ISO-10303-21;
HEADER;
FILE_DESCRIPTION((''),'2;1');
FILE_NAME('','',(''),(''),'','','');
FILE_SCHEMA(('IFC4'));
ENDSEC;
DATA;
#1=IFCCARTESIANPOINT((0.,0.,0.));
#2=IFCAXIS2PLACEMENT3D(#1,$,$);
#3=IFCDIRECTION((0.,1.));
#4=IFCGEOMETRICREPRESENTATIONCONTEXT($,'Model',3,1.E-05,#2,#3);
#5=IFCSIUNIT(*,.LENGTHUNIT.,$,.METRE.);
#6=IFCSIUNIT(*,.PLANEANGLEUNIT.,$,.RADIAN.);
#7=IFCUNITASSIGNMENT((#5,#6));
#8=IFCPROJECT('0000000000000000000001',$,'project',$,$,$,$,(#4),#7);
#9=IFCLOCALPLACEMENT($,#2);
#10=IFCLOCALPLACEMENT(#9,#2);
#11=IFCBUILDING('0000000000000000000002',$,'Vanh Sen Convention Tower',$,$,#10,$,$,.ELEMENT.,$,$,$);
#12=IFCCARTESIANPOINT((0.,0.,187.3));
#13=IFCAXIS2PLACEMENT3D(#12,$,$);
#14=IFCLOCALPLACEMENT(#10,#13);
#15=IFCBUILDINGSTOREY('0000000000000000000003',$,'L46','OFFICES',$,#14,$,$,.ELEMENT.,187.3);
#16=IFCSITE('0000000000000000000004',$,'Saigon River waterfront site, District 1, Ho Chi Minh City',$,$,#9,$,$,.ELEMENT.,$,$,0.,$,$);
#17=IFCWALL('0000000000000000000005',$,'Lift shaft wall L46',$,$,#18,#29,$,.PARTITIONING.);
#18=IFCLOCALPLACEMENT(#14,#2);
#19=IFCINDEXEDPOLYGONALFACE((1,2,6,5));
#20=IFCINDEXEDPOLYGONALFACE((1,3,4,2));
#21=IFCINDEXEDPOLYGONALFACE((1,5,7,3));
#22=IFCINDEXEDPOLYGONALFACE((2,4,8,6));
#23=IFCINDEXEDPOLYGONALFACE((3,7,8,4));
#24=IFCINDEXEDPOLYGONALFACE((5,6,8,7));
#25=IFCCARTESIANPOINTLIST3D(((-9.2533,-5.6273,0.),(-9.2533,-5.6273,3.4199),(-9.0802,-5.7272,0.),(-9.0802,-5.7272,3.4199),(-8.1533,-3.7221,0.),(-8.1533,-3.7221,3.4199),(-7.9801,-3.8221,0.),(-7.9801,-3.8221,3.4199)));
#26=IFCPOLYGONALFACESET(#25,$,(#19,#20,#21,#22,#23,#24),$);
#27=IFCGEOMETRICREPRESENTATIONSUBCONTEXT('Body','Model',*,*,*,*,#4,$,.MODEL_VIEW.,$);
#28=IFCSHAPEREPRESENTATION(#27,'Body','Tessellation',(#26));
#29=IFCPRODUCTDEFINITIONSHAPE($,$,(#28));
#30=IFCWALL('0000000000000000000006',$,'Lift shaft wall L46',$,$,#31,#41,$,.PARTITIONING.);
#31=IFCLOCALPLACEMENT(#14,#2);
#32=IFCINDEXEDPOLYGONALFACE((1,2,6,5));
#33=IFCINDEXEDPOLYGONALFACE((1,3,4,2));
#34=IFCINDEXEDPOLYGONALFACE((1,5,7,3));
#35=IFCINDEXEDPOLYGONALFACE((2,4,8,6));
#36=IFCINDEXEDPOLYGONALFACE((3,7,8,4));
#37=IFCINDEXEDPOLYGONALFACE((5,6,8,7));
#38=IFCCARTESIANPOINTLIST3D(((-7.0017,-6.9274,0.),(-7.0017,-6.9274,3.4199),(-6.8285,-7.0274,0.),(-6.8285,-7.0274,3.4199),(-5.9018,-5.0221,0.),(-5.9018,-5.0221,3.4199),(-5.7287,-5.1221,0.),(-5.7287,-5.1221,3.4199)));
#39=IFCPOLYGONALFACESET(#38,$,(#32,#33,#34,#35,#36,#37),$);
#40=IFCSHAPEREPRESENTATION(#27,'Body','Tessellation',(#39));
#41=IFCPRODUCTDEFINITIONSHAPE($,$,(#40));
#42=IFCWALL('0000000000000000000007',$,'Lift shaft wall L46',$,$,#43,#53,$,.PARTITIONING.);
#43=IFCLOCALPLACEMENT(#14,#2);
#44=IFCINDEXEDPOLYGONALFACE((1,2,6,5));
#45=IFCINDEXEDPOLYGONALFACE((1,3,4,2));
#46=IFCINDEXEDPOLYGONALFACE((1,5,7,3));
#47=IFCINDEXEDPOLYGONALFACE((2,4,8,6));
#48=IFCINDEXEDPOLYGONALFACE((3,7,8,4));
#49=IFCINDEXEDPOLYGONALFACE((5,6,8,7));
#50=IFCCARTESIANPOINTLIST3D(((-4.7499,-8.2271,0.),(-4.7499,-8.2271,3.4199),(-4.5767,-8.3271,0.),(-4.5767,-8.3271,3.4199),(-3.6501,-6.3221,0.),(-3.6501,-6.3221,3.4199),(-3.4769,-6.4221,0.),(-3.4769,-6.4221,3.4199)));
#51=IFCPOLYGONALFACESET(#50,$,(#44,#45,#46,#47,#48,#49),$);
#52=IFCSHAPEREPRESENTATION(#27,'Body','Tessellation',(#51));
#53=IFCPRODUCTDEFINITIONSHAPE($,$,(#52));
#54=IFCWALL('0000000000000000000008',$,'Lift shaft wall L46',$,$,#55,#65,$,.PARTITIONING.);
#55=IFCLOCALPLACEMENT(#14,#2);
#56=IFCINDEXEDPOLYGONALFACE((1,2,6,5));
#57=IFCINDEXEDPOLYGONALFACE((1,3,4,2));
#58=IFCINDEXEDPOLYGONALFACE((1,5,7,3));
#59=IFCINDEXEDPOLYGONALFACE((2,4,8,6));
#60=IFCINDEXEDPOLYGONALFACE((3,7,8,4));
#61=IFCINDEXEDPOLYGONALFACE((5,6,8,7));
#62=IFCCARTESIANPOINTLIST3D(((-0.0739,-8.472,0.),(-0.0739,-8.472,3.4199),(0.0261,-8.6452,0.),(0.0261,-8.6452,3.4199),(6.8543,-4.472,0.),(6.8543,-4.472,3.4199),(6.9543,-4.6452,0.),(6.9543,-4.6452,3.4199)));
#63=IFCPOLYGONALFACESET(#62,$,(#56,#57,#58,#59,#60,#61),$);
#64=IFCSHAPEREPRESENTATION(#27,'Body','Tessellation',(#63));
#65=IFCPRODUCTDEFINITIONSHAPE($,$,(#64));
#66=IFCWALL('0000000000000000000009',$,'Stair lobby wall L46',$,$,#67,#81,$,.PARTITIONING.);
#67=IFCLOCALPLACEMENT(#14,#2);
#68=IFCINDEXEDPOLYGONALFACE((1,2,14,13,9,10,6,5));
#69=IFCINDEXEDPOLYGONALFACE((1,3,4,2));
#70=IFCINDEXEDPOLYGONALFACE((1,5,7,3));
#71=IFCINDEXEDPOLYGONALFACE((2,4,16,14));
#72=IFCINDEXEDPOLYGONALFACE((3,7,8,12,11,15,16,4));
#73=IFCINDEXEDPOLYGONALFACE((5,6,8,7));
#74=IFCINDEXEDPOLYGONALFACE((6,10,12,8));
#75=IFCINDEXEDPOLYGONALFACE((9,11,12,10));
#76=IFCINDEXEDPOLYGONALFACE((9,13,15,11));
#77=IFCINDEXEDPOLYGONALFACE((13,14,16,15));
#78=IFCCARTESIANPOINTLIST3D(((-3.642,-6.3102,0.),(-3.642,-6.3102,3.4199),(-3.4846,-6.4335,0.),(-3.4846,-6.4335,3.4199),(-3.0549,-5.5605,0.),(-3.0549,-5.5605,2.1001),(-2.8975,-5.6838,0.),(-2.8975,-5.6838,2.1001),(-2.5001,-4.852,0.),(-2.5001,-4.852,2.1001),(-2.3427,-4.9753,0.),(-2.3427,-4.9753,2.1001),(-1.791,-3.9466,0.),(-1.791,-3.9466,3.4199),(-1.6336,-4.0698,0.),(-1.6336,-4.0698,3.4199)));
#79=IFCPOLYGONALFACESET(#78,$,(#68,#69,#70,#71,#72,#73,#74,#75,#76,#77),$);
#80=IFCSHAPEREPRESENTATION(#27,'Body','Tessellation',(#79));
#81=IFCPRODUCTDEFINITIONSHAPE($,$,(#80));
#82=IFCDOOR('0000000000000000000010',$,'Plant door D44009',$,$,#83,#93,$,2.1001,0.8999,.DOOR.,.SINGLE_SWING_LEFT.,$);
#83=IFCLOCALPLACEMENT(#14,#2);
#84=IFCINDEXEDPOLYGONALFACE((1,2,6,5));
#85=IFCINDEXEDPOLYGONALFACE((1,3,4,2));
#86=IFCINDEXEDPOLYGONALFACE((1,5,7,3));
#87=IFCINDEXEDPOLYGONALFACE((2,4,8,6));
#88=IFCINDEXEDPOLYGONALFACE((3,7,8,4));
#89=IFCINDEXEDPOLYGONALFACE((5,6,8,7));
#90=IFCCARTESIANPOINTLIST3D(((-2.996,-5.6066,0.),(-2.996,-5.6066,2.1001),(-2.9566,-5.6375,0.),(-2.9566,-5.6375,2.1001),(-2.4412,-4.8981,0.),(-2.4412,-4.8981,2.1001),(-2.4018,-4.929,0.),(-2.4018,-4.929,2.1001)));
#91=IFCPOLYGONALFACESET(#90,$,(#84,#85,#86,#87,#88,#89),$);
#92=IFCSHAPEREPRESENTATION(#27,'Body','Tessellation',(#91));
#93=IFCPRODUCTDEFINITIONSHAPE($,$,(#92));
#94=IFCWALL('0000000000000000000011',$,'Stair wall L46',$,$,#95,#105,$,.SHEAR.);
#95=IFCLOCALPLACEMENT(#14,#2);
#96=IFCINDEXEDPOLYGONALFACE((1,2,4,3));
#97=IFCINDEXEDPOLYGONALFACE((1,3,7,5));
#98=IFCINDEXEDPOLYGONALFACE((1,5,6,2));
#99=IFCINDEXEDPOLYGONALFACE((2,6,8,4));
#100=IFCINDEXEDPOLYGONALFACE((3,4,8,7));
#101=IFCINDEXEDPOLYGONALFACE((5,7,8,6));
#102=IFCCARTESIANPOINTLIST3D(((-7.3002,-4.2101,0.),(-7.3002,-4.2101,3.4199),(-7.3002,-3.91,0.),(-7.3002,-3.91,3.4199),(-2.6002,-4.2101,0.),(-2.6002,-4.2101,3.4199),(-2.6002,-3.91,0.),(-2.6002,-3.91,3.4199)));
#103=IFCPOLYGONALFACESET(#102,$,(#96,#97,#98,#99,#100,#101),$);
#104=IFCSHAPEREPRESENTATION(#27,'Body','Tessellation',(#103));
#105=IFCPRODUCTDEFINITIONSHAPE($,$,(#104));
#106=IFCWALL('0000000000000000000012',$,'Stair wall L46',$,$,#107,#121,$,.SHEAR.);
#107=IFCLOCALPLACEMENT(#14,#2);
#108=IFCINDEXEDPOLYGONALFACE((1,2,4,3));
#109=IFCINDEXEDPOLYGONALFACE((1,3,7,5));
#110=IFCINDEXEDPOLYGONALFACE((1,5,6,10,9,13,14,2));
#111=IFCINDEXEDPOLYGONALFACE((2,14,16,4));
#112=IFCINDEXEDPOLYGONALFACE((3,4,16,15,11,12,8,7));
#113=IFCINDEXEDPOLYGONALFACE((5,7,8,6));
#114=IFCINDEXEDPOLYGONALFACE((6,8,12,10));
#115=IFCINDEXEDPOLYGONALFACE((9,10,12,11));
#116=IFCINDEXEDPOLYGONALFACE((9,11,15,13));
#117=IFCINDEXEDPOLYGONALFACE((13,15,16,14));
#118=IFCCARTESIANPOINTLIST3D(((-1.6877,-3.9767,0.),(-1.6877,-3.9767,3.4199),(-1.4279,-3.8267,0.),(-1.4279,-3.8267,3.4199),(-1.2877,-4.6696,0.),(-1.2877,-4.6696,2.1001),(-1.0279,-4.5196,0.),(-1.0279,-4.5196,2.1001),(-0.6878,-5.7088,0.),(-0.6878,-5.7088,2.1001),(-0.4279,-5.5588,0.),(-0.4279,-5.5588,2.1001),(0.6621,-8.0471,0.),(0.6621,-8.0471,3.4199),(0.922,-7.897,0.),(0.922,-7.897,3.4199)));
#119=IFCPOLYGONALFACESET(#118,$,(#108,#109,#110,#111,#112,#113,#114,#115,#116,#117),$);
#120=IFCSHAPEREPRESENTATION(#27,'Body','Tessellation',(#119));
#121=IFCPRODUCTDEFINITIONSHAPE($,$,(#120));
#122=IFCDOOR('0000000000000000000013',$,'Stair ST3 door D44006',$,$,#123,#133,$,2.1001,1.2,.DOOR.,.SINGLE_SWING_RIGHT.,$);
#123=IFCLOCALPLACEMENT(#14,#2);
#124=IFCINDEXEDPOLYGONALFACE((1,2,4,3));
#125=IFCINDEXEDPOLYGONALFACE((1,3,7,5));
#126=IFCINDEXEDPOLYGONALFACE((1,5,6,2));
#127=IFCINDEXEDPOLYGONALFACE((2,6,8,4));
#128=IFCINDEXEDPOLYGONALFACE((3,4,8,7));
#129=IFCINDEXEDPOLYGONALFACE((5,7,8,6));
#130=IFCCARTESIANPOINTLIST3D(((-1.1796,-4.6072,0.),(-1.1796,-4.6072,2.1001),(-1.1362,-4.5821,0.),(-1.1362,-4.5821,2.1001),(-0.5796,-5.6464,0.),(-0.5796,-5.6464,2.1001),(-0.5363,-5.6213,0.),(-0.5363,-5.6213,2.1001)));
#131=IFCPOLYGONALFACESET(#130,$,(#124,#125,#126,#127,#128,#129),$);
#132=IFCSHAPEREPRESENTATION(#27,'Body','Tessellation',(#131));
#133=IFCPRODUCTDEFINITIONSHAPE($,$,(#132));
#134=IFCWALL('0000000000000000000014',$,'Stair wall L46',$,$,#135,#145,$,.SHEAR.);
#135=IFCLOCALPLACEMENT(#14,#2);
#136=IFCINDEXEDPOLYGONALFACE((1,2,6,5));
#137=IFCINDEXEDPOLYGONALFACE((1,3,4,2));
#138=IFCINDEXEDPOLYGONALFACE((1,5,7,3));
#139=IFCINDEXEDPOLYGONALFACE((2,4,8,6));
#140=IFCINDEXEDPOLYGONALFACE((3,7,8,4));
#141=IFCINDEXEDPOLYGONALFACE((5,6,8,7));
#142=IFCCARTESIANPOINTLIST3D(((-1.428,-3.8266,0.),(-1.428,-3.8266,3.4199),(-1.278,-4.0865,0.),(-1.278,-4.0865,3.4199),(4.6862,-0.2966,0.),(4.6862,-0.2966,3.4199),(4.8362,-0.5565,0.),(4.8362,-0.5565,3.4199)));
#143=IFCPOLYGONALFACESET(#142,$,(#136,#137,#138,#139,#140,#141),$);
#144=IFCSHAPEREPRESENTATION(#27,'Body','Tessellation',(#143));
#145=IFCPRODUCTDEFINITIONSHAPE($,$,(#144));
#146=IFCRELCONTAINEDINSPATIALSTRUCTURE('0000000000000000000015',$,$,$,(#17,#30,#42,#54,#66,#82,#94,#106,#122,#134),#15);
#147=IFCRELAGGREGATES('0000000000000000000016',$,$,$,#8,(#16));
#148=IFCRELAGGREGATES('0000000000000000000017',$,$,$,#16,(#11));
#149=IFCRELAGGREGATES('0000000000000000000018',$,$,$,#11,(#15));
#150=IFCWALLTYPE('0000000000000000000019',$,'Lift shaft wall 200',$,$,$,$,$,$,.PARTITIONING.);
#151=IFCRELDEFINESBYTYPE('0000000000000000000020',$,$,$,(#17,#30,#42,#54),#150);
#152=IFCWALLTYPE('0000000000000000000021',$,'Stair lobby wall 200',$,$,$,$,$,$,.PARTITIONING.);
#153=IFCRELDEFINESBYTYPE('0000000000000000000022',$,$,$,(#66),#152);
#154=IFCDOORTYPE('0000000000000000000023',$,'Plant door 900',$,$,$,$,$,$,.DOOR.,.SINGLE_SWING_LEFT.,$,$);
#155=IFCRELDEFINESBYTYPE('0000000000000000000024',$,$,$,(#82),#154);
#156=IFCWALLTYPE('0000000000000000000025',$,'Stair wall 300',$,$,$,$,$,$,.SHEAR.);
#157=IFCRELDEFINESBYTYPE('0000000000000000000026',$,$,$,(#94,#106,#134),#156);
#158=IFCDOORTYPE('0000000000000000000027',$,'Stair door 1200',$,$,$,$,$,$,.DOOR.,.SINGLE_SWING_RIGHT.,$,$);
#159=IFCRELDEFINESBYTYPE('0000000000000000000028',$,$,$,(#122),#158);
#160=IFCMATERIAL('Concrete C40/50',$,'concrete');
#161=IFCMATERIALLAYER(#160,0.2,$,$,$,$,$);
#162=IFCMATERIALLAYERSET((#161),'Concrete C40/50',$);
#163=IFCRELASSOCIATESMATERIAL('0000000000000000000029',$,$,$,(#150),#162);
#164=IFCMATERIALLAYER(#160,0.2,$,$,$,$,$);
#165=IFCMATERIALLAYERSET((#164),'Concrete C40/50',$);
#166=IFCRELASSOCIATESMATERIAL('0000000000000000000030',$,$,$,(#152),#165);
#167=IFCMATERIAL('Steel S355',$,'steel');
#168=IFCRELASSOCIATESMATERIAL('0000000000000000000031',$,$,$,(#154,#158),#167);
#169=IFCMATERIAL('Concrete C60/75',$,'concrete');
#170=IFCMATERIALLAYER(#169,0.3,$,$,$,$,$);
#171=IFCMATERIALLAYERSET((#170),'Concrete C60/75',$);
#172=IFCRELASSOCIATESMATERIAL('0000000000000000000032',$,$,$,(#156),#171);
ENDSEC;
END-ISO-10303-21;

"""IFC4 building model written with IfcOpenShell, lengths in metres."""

from ifc_helpers import new_model, si_unit, direction, frame, frame_2d, origin, place, context, subcontext, project, spatial, rectangle, extrude, material, layer, layer_set, type_object, element, fill, save


model = new_model("IFC4")

# Units and contexts
model_context = context("Model", 3, precision=1e-05, world=origin(), true_north=direction((0.0, 1.0)))
body_context = subcontext(model_context, "Body", "Model", "MODEL_VIEW")
ifc_project = project(units=[si_unit("LENGTHUNIT", "METRE"), si_unit("PLANEANGLEUNIT", "RADIAN")], contexts=[model_context])

# Site, building, storey
site_placement = place(None, origin())
site = spatial("IfcSite", under=ifc_project, at=site_placement, Name="Saigon River waterfront site, District 1, Ho Chi Minh City", CompositionType="ELEMENT", RefElevation=0.0)
building_placement = place(site_placement, origin())
building = spatial("IfcBuilding", under=site, at=building_placement, Name="Vanh Sen Convention Tower", CompositionType="ELEMENT")
storey_placement = place(building_placement, frame((0.0, 0.0, 187.3)))
storey = spatial("IfcBuildingStorey", under=building, at=storey_placement, Name="L46", Description="OFFICES", CompositionType="ELEMENT", Elevation=187.3)

# Shared definitions
ifc_material_1 = material(Name="Concrete C40/50", Category="concrete")

# Shared definitions
ifc_material_2 = material(Name="Steel S355", Category="steel")

# Walls
ifc_layer_1 = layer(ifc_material_1, 0.2)
ifc_layer_set_1 = layer_set([ifc_layer_1], Name="Concrete C40/50")
wall_type_1 = type_object("IfcWallType", Name="Lift shaft wall 200", PredefinedType="PARTITIONING", material=ifc_layer_set_1)
for number, where, z_axis, x_axis, name in (
    (1, (-8.0667, -3.772, 0.0), (0.0, 0.0, 1.0), (-0.50003, -0.866008, 0.0), "Lift shaft wall L46"),
    (2, (-5.8152, -5.072, 0.0), (0.0, 0.0, 1.0), (-0.499947, -0.866056, 0.0), "Lift shaft wall L46"),
):
    element("IfcWall", number, at=place(storey_placement, frame(where, z_axis=z_axis, x_axis=x_axis)), inside=storey, type_object=wall_type_1, Name=name, PredefinedType="PARTITIONING", context=body_context, shape_type="SweptSolid", body=[
        extrude(rectangle(XDim=2.2, YDim=0.2, at=frame_2d((1.1001, 0.0))), origin(), (0.0, 0.0, 1.0), 3.4199),
    ])
wall_1_placement = place(storey_placement, frame((-3.5635, -6.3721, 0.0), z_axis=(0.0, 0.0, 1.0), x_axis=(-0.499995, -0.866028, 0.0)))
element("IfcWall", 3, at=wall_1_placement, inside=storey, type_object=wall_type_1, Name="Lift shaft wall L46", PredefinedType="PARTITIONING", context=body_context, shape_type="SweptSolid", body=[
    extrude(rectangle(XDim=2.1997, YDim=0.2, at=frame_2d((1.0999, 0.0))), origin(), (0.0, 0.0, 1.0), 3.4199),
])
wall_2_placement = place(storey_placement, frame((-0.0239, -8.5586, 0.0), z_axis=(0.0, 0.0, 1.0), x_axis=(0.866026, 0.499999, 0.0)))
element("IfcWall", 4, at=wall_2_placement, inside=storey, type_object=wall_type_1, Name="Lift shaft wall L46", PredefinedType="PARTITIONING", context=body_context, shape_type="SweptSolid", body=[
    extrude(rectangle(XDim=8.0, YDim=0.2, at=frame_2d((4.0, 0.0))), origin(), (0.0, 0.0, 1.0), 3.4199),
])

# Wall, opening, door
ifc_layer_2 = layer(ifc_material_1, 0.2)
ifc_layer_set_2 = layer_set([ifc_layer_2], Name="Concrete C40/50")
wall_type_2 = type_object("IfcWallType", Name="Stair lobby wall 200", PredefinedType="PARTITIONING", material=ifc_layer_set_2)
wall_3_placement = place(storey_placement, frame((-1.7124, -4.0083, 0.0), z_axis=(0.0, 0.0, 1.0), x_axis=(-0.616549, -0.787316, 0.0)))
wall_3 = element("IfcWall", 5, at=wall_3_placement, inside=storey, type_object=wall_type_2, Name="Stair lobby wall L46", PredefinedType="PARTITIONING", context=body_context, shape_type="SweptSolid", body=[
    extrude(rectangle(XDim=3.0022, YDim=0.2, at=frame_2d((1.501, 0.0))), origin(), (0.0, 0.0, 1.0), 3.4199),
])
opening_1_placement = place(wall_3_placement, frame((1.1499, 0.0, 0.0)))
opening_1 = element("IfcOpeningElement", 6, at=opening_1_placement, cuts=wall_3, PredefinedType="OPENING", context=body_context, shape_type="SweptSolid", body=[
    extrude(rectangle(XDim=0.8999, YDim=2.1001, at=frame_2d((0.45, 1.05))), frame((0.0, 0.1099, 0.0), z_axis=(0.0, -1.0, 0.0), x_axis=(1.0, 0.0, 0.0)), (0.0, 0.0, 1.0), 0.22),
])
door_type_1 = type_object("IfcDoorType", Name="Plant door 900", OperationType="SINGLE_SWING_LEFT", PredefinedType="DOOR", material=ifc_material_2)
door_1_placement = place(opening_1_placement, origin())
door_1 = element("IfcDoor", 7, at=door_1_placement, inside=storey, type_object=door_type_1, Name="Plant door D44009", OperationType="SINGLE_SWING_LEFT", OverallHeight=2.1001, OverallWidth=0.8999, PredefinedType="DOOR", context=body_context, shape_type="SweptSolid", body=[
    extrude(rectangle(XDim=0.8999, YDim=2.1001, at=frame_2d((0.45, 1.05))), frame((0.0, 0.0249, 0.0), z_axis=(0.0, -1.0, 0.0), x_axis=(1.0, 0.0, 0.0)), (0.0, 0.0, 1.0), 0.05),
])
fill(opening_1, door_1)

# Wall
ifc_material_3 = material(Name="Concrete C60/75", Category="concrete")
ifc_layer_3 = layer(ifc_material_3, 0.3)
ifc_layer_set_3 = layer_set([ifc_layer_3], Name="Concrete C60/75")
wall_type_3 = type_object("IfcWallType", Name="Stair wall 300", PredefinedType="SHEAR", material=ifc_layer_set_3)
wall_4_placement = place(storey_placement, frame((-2.6001, -4.0601, 0.0), z_axis=(0.0, 0.0, 1.0), x_axis=(-1.0, 0.0, 0.0)))
element("IfcWall", 8, at=wall_4_placement, inside=storey, type_object=wall_type_3, Name="Stair wall L46", PredefinedType="SHEAR", context=body_context, shape_type="SweptSolid", body=[
    extrude(rectangle(XDim=4.7, YDim=0.3, at=frame_2d((2.3501, 0.0))), origin(), (0.0, 0.0, 1.0), 3.4199),
])

# Wall, opening, door
wall_5_placement = place(storey_placement, frame((-1.5579, -3.9016, 0.0), z_axis=(0.0, 0.0, 1.0), x_axis=(0.499977, -0.866039, 0.0)))
wall_5 = element("IfcWall", 9, at=wall_5_placement, inside=storey, type_object=wall_type_3, Name="Stair wall L46", PredefinedType="SHEAR", context=body_context, shape_type="SweptSolid", body=[
    extrude(rectangle(XDim=4.7, YDim=0.3, at=frame_2d((2.3501, 0.0))), origin(), (0.0, 0.0, 1.0), 3.4199),
])
opening_2_placement = place(wall_5_placement, frame((0.8, 0.0, 0.0)))
opening_2 = element("IfcOpeningElement", 10, at=opening_2_placement, cuts=wall_5, PredefinedType="OPENING", context=body_context, shape_type="SweptSolid", body=[
    extrude(rectangle(XDim=1.2, YDim=2.1001, at=frame_2d((0.6001, 1.05))), frame((0.0, 0.1599, 0.0), z_axis=(0.0, -1.0, 0.0), x_axis=(1.0, 0.0, 0.0)), (0.0, 0.0, 1.0), 0.3201),
])
door_type_2 = type_object("IfcDoorType", Name="Stair door 1200", OperationType="SINGLE_SWING_RIGHT", PredefinedType="DOOR", material=ifc_material_2)
door_2_placement = place(opening_2_placement, origin())
door_2 = element("IfcDoor", 11, at=door_2_placement, inside=storey, type_object=door_type_2, Name="Stair ST3 door D44006", OperationType="SINGLE_SWING_RIGHT", OverallHeight=2.1001, OverallWidth=1.2, PredefinedType="DOOR", context=body_context, shape_type="SweptSolid", body=[
    extrude(rectangle(XDim=1.2, YDim=2.1001, at=frame_2d((0.6001, 1.05))), frame((0.0, 0.0249, 0.0), z_axis=(0.0, -1.0, 0.0), x_axis=(1.0, 0.0, 0.0)), (0.0, 0.0, 1.0), 0.05),
])
fill(opening_2, door_2)

# Wall
wall_6_placement = place(storey_placement, frame((-1.353, -3.9565, 0.0), z_axis=(0.0, 0.0, 1.0), x_axis=(0.866028, 0.499996, 0.0)))
element("IfcWall", 12, at=wall_6_placement, inside=storey, type_object=wall_type_3, Name="Stair wall L46", PredefinedType="SHEAR", context=body_context, shape_type="SweptSolid", body=[
    extrude(rectangle(XDim=7.0601, YDim=0.3, at=frame_2d((3.53, 0.0))), origin(), (0.0, 0.0, 1.0), 3.4199),
])

save(model, "model.ifc")
